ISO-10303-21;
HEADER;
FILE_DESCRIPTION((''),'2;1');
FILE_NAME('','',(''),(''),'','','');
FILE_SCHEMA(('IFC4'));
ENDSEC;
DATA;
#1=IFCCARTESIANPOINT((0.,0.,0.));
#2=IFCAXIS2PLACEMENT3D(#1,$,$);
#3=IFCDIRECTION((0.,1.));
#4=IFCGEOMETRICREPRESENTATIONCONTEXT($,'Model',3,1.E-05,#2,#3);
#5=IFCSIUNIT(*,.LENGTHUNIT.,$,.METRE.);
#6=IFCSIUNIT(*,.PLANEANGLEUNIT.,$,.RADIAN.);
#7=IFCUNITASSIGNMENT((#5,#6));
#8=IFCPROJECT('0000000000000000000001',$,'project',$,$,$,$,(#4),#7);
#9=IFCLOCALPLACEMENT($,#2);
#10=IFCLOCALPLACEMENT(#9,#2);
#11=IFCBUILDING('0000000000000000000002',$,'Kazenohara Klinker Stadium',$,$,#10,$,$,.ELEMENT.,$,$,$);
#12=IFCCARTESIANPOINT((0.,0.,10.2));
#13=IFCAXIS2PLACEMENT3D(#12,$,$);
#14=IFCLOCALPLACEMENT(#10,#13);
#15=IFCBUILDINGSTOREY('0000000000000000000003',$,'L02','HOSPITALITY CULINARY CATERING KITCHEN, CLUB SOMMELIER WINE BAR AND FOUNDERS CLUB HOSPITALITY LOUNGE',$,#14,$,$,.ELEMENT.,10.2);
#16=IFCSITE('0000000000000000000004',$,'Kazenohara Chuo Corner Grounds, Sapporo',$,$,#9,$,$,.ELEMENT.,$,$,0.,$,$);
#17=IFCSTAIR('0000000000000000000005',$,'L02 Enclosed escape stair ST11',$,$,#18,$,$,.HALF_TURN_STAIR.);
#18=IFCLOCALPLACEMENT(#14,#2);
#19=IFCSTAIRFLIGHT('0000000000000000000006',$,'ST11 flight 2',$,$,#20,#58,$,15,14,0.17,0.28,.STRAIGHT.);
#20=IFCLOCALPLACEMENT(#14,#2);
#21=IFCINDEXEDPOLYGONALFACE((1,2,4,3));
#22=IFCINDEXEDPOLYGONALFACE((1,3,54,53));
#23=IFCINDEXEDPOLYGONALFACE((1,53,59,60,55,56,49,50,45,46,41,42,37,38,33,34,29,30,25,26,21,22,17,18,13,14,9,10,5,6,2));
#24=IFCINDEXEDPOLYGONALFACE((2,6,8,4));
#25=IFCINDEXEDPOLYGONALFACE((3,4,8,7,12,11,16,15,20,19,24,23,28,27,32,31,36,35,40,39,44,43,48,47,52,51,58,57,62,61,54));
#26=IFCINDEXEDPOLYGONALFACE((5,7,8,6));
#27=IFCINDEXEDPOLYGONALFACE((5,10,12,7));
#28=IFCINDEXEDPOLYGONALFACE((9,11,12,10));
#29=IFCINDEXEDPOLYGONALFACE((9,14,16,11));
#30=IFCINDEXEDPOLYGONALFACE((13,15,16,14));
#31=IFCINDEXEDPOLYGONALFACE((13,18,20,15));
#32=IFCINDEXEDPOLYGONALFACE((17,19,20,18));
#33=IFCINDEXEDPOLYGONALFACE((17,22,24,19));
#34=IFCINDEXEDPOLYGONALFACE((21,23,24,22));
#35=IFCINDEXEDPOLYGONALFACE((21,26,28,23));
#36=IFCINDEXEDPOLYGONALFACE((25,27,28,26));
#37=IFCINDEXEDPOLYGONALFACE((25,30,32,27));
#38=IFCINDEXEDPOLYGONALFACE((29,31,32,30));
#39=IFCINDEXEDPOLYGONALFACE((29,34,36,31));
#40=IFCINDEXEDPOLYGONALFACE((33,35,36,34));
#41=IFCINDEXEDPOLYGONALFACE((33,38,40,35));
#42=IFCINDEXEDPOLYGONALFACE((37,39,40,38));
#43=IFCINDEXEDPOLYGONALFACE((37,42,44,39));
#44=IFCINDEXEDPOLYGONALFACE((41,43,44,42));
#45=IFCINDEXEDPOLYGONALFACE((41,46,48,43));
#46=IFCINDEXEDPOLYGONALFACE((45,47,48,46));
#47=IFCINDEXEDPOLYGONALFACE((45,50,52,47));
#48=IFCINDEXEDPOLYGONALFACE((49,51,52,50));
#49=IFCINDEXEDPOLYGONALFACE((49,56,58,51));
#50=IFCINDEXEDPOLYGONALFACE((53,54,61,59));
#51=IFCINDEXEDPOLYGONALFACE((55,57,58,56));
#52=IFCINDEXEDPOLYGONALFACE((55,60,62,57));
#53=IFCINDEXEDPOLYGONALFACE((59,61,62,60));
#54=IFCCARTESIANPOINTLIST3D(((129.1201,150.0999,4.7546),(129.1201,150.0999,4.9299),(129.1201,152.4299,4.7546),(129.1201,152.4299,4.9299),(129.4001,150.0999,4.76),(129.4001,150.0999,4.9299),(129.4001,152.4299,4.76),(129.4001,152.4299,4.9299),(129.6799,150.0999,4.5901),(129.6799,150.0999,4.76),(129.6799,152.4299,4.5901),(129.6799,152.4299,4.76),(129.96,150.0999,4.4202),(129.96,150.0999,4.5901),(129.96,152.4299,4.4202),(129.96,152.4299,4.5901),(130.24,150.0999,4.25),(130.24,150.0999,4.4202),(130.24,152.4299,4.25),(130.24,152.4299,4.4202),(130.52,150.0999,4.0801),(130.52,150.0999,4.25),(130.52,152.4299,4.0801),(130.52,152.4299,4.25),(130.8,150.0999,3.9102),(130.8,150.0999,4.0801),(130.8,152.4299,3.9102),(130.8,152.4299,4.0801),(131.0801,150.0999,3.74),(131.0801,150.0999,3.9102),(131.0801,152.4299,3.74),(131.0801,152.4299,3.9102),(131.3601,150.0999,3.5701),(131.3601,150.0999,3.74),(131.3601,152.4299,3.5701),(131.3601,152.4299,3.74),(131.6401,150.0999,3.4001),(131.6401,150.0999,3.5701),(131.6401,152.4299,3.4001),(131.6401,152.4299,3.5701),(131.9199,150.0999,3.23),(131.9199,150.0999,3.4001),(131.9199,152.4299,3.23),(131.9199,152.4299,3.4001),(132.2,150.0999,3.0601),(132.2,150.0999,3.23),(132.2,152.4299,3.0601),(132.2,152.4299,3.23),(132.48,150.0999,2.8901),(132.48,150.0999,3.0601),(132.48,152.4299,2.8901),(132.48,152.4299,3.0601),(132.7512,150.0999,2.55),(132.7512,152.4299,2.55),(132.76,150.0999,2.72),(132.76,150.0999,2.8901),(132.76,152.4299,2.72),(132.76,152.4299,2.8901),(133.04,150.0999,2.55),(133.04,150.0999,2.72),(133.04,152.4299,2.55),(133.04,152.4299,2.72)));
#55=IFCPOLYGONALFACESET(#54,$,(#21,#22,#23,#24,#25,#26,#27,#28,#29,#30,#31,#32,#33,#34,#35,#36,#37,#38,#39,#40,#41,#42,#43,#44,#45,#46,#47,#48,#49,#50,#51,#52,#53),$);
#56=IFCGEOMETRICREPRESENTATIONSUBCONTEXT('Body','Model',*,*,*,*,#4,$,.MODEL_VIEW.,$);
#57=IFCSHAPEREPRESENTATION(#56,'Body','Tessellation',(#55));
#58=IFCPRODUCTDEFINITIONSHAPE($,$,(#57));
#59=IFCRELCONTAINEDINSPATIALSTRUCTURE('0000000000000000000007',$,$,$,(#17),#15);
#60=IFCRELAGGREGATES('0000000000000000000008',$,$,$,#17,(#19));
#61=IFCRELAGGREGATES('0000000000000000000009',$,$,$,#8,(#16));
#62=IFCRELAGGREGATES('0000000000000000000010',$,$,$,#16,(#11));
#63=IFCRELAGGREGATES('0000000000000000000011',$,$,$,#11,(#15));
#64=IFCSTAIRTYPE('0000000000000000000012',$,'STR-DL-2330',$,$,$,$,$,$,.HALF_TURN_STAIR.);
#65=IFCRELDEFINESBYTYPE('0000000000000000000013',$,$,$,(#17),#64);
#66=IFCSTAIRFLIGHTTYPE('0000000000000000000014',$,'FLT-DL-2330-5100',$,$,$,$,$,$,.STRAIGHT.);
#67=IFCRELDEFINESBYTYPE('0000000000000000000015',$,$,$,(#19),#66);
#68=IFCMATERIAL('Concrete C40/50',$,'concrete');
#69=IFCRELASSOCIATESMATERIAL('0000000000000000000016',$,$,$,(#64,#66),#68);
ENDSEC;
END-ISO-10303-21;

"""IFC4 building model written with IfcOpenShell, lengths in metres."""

from ifc_helpers import new_model, si_unit, direction, frame, origin, place, context, subcontext, project, spatial, polyline, outline, extrude, material, type_object, element, aggregate, save


model = new_model("IFC4")

# Units and contexts
model_context = context("Model", 3, precision=1e-05, world=origin(), true_north=direction((0.0, 1.0)))
body_context = subcontext(model_context, "Body", "Model", "MODEL_VIEW")
ifc_project = project(units=[si_unit("LENGTHUNIT", "METRE"), si_unit("PLANEANGLEUNIT", "RADIAN")], contexts=[model_context])

# Site, building, storey
site_placement = place(None, origin())
site = spatial("IfcSite", under=ifc_project, at=site_placement, Name="Kazenohara Chuo Corner Grounds, Sapporo", CompositionType="ELEMENT", RefElevation=0.0)
building_placement = place(site_placement, origin())
building = spatial("IfcBuilding", under=site, at=building_placement, Name="Kazenohara Klinker Stadium", CompositionType="ELEMENT")
storey_placement = place(building_placement, frame((0.0, 0.0, 10.2)))
storey = spatial("IfcBuildingStorey", under=building, at=storey_placement, Name="L02", Description="HOSPITALITY CULINARY CATERING KITCHEN, CLUB SOMMELIER WINE BAR AND FOUNDERS CLUB HOSPITALITY LOUNGE", CompositionType="ELEMENT", Elevation=10.2)

# Shared definitions
ifc_material_1 = material(Name="Concrete C40/50", Category="concrete")

# Stair, stair flight
stair_type = type_object("IfcStairType", Name="STR-DL-2330", PredefinedType="HALF_TURN_STAIR", material=ifc_material_1)
stair_placement = place(storey_placement, origin())
stair = element("IfcStair", 1, at=stair_placement, inside=storey, type_object=stair_type, Name="L02 Enclosed escape stair ST11", PredefinedType="HALF_TURN_STAIR")
stair_flight_type = type_object("IfcStairFlightType", Name="FLT-DL-2330-5100", PredefinedType="STRAIGHT", material=ifc_material_1)
stair_flight_placement = place(storey_placement, frame((133.04, 151.2649, 2.55), z_axis=(0.0, 0.0, 1.0), x_axis=(-1.0, 0.0, 0.0)))
stair_flight = element("IfcStairFlight", 2, at=stair_flight_placement, type_object=stair_flight_type, Name="ST11 flight 2", NumberOfRisers=15, NumberOfTreads=14, PredefinedType="STRAIGHT", RiserHeight=0.17, TreadLength=0.28, context=body_context, shape_type="SweptSolid", body=[
    extrude(outline(polyline([(0.0, 0.0), (0.0, 0.1699), (0.28, 0.1699), (0.28, 0.3401), (0.5601, 0.3401), (0.5601, 0.51), (0.8401, 0.51), (0.8401, 0.6799), (1.1201, 0.6799), (1.1201, 0.8501), (1.3999, 0.8501), (1.3999, 1.02), (1.6799, 1.02), (1.6799, 1.1899), (1.96, 1.1899), (1.96, 1.3601), (2.24, 1.3601), (2.24, 1.53), (2.52, 1.53), (2.52, 1.7), (2.8, 1.7), (2.8, 1.8701), (3.0801, 1.8701), (3.0801, 2.04), (3.3601, 2.04), (3.3601, 2.21), (3.6399, 2.21), (3.6399, 2.3799), (3.9199, 2.3799), (3.9199, 2.55), (3.9199, 2.2046), (0.2888, 0.0), (0.0, 0.0)])), frame((0.0, 1.165, 0.0), z_axis=(0.0, -1.0, 0.0), x_axis=(1.0, 0.0, 0.0)), (0.0, 0.0, 1.0), 2.3301),
])
aggregate(stair, [stair_flight])

save(model, "model.ifc")
